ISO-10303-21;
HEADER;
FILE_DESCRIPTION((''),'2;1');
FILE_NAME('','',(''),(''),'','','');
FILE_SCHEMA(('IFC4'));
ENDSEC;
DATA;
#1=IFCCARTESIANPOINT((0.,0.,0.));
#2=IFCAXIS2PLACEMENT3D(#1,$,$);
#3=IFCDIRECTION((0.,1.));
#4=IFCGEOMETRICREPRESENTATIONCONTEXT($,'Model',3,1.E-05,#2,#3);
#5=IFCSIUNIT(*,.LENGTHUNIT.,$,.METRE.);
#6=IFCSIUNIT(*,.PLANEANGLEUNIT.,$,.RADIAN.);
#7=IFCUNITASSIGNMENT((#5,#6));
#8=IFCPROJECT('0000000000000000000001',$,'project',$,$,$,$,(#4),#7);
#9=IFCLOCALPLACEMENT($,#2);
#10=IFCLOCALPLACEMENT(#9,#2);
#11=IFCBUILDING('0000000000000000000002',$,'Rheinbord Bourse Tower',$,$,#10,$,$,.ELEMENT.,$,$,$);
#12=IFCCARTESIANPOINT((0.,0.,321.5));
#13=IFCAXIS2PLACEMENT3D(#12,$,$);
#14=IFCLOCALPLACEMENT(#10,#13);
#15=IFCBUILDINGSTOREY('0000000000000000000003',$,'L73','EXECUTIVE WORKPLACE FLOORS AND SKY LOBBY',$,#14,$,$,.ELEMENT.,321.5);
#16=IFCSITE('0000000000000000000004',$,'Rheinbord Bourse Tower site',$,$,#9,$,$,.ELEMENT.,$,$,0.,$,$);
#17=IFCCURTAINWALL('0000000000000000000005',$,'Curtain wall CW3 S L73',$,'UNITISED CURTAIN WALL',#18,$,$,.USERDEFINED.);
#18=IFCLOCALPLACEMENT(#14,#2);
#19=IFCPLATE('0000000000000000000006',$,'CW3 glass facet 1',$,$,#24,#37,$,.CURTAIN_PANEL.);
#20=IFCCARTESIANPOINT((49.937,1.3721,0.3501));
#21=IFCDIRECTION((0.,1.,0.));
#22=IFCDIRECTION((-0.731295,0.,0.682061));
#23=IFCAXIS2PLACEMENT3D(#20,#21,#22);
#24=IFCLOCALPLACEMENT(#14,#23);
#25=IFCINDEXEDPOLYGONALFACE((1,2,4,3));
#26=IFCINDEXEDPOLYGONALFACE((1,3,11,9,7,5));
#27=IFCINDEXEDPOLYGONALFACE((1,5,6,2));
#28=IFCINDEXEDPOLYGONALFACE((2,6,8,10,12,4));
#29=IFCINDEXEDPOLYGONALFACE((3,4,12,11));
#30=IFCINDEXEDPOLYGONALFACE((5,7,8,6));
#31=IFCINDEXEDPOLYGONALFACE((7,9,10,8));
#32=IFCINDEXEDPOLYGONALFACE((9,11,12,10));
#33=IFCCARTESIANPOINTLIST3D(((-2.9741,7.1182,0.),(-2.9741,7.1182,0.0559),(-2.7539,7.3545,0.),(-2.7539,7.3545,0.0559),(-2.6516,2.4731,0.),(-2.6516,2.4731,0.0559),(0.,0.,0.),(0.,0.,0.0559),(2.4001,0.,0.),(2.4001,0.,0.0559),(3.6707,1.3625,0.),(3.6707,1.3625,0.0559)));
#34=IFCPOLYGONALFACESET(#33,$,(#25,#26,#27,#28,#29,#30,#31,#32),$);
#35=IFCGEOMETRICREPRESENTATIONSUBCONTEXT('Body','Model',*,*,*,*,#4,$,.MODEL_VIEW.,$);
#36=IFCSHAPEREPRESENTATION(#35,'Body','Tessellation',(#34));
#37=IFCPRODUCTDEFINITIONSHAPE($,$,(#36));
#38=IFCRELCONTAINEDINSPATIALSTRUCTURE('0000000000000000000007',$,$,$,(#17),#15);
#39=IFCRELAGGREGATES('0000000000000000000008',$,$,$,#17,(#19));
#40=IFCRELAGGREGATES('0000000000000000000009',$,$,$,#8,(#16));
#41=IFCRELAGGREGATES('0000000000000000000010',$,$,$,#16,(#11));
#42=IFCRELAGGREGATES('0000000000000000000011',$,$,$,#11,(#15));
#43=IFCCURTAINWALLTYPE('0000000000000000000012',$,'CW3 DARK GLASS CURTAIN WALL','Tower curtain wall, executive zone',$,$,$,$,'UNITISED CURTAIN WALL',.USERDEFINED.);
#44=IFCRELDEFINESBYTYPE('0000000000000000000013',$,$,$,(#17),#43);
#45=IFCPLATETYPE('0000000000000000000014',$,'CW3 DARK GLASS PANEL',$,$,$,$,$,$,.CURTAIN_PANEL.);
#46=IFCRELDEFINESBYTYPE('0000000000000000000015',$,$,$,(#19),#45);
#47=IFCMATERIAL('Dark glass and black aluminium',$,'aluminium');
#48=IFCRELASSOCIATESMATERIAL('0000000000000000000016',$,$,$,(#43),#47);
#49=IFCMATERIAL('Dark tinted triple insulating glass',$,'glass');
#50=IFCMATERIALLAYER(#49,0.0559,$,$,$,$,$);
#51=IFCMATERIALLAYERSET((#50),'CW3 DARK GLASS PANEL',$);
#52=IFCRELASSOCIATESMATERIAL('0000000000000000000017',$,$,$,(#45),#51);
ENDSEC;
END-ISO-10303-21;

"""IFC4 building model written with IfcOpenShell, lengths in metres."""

from ifc_helpers import new_model, si_unit, direction, frame, origin, place, context, subcontext, project, spatial, polyline, outline, extrude, material, layer, layer_set, type_object, element, aggregate, save


model = new_model("IFC4")

# Units and contexts
model_context = context("Model", 3, precision=1e-05, world=origin(), true_north=direction((0.0, 1.0)))
body_context = subcontext(model_context, "Body", "Model", "MODEL_VIEW")
ifc_project = project(units=[si_unit("LENGTHUNIT", "METRE"), si_unit("PLANEANGLEUNIT", "RADIAN")], contexts=[model_context])

# Site, building, storey
site_placement = place(None, origin())
site = spatial("IfcSite", under=ifc_project, at=site_placement, Name="Rheinbord Bourse Tower site", CompositionType="ELEMENT", RefElevation=0.0)
building_placement = place(site_placement, origin())
building = spatial("IfcBuilding", under=site, at=building_placement, Name="Rheinbord Bourse Tower", CompositionType="ELEMENT")
storey_placement = place(building_placement, frame((0.0, 0.0, 321.5)))
storey = spatial("IfcBuildingStorey", under=building, at=storey_placement, Name="L73", Description="EXECUTIVE WORKPLACE FLOORS AND SKY LOBBY", CompositionType="ELEMENT", Elevation=321.5)

# Curtain wall
ifc_material_1 = material(Name="Dark glass and black aluminium", Category="aluminium")
curtain_wall_type = type_object("IfcCurtainWallType", Name="CW3 DARK GLASS CURTAIN WALL", Description="Tower curtain wall, executive zone", ElementType="UNITISED CURTAIN WALL", PredefinedType="USERDEFINED", material=ifc_material_1)
curtain_wall_placement = place(storey_placement, origin())
curtain_wall = element("IfcCurtainWall", 1, at=curtain_wall_placement, inside=storey, type_object=curtain_wall_type, Name="Curtain wall CW3 S L73", ObjectType="UNITISED CURTAIN WALL", PredefinedType="USERDEFINED")

# Plate
ifc_material_2 = material(Name="Dark tinted triple insulating glass", Category="glass")
ifc_layer_1 = layer(ifc_material_2, 0.0559)
ifc_layer_set_1 = layer_set([ifc_layer_1], Name="CW3 DARK GLASS PANEL")
plate_type = type_object("IfcPlateType", Name="CW3 DARK GLASS PANEL", PredefinedType="CURTAIN_PANEL", material=ifc_layer_set_1)
plate_1_placement = place(storey_placement, frame((49.937, 1.3721, 0.3501), z_axis=(0.0, 1.0, 0.0), x_axis=(-0.731295, 0.0, 0.682061)))
plate_1 = element("IfcPlate", 2, at=plate_1_placement, type_object=plate_type, Name="CW3 glass facet 1", PredefinedType="CURTAIN_PANEL", context=body_context, shape_type="SweptSolid", body=[
    extrude(outline(polyline([(0.0, 0.0), (2.4001, 0.0), (3.6707, 1.3625), (-2.7539, 7.3545), (-2.9741, 7.1182), (-2.6516, 2.4731), (0.0, 0.0)])), origin(), (0.0, 0.0, 1.0), 0.0559),
])
aggregate(curtain_wall, [plate_1])

save(model, "model.ifc")
